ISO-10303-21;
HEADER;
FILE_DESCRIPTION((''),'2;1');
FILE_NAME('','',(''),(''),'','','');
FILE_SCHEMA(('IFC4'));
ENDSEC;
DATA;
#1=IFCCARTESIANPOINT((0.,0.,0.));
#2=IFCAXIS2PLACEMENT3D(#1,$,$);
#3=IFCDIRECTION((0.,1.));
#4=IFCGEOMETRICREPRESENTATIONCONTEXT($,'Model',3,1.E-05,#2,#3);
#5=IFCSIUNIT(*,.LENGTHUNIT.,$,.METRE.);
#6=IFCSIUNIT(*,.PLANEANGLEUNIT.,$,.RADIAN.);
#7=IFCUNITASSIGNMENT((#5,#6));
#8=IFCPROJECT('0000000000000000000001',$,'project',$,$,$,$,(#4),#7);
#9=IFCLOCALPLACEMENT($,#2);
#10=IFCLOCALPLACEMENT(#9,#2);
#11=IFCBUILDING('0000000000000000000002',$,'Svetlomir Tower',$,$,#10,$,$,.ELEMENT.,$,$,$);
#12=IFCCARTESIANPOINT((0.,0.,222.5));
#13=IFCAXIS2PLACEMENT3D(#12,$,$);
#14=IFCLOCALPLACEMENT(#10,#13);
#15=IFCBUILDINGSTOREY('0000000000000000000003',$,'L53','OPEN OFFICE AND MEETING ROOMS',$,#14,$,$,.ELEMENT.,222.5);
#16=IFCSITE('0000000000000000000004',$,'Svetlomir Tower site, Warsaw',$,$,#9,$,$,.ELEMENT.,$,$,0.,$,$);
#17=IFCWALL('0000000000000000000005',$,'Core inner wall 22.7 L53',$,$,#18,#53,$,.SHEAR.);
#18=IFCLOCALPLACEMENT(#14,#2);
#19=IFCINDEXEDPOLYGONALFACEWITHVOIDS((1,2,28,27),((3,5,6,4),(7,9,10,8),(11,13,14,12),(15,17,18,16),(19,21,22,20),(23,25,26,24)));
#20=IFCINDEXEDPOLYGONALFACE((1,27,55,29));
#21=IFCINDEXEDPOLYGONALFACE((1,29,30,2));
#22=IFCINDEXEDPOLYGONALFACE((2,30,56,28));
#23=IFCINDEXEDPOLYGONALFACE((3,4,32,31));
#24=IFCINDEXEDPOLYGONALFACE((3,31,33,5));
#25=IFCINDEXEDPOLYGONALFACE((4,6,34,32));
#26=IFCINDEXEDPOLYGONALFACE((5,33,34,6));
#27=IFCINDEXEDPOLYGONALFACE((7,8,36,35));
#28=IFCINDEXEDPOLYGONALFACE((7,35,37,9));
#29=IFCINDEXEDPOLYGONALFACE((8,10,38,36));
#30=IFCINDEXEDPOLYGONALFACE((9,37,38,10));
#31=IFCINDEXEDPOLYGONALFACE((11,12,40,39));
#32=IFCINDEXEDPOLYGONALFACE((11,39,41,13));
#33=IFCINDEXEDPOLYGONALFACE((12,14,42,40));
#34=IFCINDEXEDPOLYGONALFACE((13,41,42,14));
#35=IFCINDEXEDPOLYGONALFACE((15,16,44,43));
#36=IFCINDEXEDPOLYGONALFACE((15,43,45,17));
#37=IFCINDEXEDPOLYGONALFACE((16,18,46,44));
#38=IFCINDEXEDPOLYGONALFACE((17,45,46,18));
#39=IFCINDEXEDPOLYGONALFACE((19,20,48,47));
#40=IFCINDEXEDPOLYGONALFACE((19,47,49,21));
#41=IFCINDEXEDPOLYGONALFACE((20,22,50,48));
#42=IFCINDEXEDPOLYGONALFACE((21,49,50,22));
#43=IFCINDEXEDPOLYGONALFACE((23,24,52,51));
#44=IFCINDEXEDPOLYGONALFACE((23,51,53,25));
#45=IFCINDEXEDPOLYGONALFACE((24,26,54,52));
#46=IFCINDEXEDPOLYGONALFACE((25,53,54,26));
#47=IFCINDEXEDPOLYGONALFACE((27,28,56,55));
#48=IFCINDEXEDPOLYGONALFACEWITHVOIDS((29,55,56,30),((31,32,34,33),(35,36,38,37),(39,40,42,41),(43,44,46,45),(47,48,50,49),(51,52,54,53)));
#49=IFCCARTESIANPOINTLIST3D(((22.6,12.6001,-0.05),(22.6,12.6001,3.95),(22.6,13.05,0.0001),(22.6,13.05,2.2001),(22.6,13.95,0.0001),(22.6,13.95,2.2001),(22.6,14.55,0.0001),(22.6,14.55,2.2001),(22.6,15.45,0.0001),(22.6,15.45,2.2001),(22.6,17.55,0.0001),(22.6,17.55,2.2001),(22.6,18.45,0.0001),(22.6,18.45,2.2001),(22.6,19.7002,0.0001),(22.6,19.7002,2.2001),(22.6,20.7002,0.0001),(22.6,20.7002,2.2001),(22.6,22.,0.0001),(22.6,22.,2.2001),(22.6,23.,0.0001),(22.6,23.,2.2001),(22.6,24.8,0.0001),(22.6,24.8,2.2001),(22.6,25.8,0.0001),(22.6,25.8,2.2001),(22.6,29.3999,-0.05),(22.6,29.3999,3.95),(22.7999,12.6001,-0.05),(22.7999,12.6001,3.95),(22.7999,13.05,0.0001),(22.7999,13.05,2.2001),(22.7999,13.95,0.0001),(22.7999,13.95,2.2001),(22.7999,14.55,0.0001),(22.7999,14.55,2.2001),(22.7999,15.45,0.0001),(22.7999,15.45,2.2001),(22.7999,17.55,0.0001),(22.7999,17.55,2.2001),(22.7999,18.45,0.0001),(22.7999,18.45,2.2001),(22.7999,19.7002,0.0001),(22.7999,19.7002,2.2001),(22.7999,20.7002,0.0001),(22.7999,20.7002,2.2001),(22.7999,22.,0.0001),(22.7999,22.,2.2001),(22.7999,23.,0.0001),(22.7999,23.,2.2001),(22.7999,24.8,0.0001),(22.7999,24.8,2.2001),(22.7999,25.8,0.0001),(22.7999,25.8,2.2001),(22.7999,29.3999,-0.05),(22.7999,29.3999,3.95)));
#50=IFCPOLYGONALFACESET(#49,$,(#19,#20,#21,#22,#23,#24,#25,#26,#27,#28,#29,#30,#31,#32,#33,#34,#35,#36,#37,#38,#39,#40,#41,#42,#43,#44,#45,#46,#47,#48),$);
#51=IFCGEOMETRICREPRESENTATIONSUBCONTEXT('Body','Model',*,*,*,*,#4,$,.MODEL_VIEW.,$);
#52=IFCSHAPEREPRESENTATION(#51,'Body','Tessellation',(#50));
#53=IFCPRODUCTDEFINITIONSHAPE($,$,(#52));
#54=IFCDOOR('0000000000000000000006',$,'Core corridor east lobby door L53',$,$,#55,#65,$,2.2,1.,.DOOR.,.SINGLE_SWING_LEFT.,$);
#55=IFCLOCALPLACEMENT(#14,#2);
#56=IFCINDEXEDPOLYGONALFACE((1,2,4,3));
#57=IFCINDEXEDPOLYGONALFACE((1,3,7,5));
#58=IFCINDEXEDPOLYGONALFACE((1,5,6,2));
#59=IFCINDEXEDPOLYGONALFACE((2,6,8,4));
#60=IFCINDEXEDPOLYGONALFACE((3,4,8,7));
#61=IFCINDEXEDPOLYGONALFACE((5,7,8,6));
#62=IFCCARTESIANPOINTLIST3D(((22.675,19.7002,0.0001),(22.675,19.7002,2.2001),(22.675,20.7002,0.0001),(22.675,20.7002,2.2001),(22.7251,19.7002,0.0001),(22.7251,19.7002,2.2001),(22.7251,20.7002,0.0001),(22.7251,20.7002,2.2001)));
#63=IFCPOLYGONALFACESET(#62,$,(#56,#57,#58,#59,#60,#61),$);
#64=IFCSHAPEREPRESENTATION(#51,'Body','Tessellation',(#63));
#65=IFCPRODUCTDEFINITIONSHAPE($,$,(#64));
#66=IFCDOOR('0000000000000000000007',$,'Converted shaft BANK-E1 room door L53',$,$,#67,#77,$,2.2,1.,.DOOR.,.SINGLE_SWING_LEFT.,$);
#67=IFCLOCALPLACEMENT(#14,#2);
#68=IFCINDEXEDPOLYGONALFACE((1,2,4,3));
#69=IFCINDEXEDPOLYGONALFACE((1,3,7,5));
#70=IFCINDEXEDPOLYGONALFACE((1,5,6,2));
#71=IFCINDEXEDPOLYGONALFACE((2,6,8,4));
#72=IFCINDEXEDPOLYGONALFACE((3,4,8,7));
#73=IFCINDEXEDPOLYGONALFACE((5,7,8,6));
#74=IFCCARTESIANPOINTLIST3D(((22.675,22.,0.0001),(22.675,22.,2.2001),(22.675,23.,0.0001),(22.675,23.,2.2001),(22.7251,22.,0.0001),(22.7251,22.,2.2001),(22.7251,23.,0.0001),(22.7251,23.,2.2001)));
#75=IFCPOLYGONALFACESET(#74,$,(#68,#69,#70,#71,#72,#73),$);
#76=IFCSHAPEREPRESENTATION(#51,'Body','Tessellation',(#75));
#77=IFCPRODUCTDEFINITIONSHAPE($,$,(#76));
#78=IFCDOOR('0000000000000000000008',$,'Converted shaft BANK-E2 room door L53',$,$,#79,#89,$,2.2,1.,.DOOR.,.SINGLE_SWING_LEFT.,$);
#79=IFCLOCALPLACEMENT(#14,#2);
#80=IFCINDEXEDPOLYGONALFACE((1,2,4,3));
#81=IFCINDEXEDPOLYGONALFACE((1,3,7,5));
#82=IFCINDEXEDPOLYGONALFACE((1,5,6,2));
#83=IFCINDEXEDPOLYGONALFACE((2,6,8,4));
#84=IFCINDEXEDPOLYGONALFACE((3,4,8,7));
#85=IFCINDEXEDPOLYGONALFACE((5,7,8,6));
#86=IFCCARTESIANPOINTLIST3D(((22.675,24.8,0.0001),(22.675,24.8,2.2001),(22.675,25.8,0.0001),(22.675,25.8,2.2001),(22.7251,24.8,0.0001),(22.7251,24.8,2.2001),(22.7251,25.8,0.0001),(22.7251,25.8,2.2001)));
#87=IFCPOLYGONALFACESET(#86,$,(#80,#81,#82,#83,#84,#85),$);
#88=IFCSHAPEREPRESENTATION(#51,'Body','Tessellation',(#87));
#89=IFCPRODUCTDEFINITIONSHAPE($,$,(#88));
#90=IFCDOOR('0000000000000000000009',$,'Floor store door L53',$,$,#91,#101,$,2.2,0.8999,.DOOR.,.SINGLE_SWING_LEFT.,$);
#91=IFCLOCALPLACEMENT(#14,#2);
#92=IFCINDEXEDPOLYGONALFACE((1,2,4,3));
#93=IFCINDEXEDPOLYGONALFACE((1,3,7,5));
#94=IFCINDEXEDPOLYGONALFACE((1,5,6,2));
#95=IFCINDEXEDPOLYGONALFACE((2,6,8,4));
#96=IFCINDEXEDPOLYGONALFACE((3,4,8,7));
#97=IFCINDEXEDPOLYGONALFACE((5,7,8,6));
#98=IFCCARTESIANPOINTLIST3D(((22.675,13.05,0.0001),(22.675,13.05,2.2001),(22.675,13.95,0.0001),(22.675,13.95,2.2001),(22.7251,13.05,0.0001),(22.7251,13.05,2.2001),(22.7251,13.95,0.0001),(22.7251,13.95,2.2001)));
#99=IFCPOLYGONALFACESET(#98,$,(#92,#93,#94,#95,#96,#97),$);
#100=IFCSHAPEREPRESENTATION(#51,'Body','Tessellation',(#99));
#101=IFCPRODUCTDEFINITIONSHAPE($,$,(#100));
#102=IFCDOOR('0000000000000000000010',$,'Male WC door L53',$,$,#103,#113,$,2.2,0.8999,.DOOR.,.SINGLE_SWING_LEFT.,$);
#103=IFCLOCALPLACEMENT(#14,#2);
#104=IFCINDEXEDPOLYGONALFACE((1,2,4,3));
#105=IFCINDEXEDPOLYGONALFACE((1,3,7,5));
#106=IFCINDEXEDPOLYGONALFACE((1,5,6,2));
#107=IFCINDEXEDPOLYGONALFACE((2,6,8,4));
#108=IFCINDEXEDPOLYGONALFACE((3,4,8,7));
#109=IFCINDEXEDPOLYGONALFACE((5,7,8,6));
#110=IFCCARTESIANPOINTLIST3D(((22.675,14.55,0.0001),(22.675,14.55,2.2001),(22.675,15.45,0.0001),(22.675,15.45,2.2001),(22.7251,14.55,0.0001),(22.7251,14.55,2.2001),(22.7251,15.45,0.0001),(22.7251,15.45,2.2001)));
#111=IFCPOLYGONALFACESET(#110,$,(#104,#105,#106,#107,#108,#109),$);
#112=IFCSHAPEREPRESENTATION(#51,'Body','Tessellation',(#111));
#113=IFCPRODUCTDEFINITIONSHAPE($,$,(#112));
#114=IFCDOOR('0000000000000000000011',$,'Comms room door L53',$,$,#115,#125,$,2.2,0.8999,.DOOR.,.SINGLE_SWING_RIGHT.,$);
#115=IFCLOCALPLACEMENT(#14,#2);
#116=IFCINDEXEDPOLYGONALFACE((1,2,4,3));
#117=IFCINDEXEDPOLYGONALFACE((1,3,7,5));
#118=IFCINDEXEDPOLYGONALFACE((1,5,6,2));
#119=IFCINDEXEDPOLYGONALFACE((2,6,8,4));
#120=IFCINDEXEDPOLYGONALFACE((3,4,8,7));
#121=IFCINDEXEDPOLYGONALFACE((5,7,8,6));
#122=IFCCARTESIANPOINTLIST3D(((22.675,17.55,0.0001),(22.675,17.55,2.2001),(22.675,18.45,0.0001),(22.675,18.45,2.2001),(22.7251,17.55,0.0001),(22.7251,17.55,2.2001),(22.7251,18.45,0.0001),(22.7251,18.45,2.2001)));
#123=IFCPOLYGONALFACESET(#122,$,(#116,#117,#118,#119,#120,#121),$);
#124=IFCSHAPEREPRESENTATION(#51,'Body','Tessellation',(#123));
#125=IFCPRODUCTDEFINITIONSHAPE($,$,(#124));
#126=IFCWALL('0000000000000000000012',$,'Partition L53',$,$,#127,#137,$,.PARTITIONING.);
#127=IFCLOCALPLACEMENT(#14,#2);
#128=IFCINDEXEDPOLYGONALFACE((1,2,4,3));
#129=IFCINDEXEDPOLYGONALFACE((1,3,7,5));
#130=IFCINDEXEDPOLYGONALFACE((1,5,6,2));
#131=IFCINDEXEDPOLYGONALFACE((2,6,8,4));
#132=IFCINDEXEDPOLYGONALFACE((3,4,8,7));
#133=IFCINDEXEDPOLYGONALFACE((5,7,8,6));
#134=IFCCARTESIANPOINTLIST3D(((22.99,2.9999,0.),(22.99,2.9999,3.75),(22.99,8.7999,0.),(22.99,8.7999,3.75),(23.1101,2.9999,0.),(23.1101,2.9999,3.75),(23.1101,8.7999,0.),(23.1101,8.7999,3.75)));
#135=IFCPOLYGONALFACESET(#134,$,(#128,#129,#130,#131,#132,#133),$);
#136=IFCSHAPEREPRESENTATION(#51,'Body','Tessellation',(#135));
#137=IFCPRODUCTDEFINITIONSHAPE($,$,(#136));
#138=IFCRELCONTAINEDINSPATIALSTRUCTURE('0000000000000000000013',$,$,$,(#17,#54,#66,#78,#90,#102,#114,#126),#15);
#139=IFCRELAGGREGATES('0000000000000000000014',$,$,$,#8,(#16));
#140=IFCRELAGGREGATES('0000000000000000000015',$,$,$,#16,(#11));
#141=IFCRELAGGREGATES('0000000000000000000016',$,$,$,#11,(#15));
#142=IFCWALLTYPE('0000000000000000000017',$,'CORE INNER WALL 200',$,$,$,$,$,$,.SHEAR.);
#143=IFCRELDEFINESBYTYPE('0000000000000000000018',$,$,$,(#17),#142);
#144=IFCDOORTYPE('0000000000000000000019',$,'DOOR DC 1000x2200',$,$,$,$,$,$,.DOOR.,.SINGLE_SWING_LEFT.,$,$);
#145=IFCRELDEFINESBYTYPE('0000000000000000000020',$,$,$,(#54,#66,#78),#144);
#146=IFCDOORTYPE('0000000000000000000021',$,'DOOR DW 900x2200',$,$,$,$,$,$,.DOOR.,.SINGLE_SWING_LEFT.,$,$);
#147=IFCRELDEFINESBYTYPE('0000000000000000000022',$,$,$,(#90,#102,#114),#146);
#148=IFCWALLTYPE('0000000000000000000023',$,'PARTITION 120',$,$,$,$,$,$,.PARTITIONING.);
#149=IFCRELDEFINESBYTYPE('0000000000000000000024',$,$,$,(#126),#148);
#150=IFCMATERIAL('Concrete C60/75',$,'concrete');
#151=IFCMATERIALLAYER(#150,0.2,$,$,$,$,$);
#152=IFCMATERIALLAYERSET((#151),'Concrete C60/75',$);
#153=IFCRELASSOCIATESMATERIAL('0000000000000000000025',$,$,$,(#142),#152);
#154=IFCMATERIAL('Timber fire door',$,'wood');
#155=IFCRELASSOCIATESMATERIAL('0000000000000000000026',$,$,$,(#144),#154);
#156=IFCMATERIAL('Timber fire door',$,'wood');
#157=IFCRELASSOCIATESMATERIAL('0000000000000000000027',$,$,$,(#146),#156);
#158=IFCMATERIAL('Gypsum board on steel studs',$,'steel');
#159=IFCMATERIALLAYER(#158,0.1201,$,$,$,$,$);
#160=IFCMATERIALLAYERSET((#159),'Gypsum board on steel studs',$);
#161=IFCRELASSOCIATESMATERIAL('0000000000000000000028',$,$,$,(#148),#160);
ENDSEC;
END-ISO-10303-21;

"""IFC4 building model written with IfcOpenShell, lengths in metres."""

from ifc_helpers import new_model, si_unit, direction, frame, frame_2d, origin, place, context, subcontext, project, spatial, rectangle, extrude, material, layer, layer_set, type_object, element, fill, save


model = new_model("IFC4")

# Units and contexts
model_context = context("Model", 3, precision=1e-05, world=origin(), true_north=direction((0.0, 1.0)))
body_context = subcontext(model_context, "Body", "Model", "MODEL_VIEW")
ifc_project = project(units=[si_unit("LENGTHUNIT", "METRE"), si_unit("PLANEANGLEUNIT", "RADIAN")], contexts=[model_context])

# Site, building, storey
site_placement = place(None, origin())
site = spatial("IfcSite", under=ifc_project, at=site_placement, Name="Svetlomir Tower site, Warsaw", CompositionType="ELEMENT", RefElevation=0.0)
building_placement = place(site_placement, origin())
building = spatial("IfcBuilding", under=site, at=building_placement, Name="Svetlomir Tower", CompositionType="ELEMENT")
storey_placement = place(building_placement, frame((0.0, 0.0, 222.5)))
storey = spatial("IfcBuildingStorey", under=building, at=storey_placement, Name="L53", Description="OPEN OFFICE AND MEETING ROOMS", CompositionType="ELEMENT", Elevation=222.5)

# Shared definitions
ifc_material_1 = material(Name="Concrete C60/75", Category="concrete")
ifc_layer_1 = layer(ifc_material_1, 0.2)
ifc_layer_set_1 = layer_set([ifc_layer_1], Name="Concrete C60/75")
wall_type_1 = type_object("IfcWallType", Name="CORE INNER WALL 200", PredefinedType="SHEAR", material=ifc_layer_set_1)

# Wall, openings, doors
ifc_material_2 = material(Name="Timber fire door", Category="wood")
door_type_1 = type_object("IfcDoorType", Name="DOOR DC 1000x2200", OperationType="SINGLE_SWING_LEFT", PredefinedType="DOOR", material=ifc_material_2)
ifc_material_3 = material(Name="Timber fire door", Category="wood")
door_type_2 = type_object("IfcDoorType", Name="DOOR DW 900x2200", OperationType="SINGLE_SWING_LEFT", PredefinedType="DOOR", material=ifc_material_3)
wall_1_placement = place(storey_placement, frame((22.7, 12.6001, -0.05), z_axis=(0.0, 0.0, 1.0), x_axis=(0.0, 1.0, 0.0)))
wall_1 = element("IfcWall", 1, at=wall_1_placement, inside=storey, type_object=wall_type_1, Name="Core inner wall 22.7 L53", PredefinedType="SHEAR", context=body_context, shape_type="SweptSolid", body=[
    extrude(rectangle(XDim=16.7998, YDim=0.2, at=frame_2d((8.3999, 0.0))), origin(), (0.0, 0.0, 1.0), 4.0),
])
opening_1_placement = place(wall_1_placement, frame((0.45, 0.0, 0.05)))
opening_1 = element("IfcOpeningElement", 2, at=opening_1_placement, cuts=wall_1, PredefinedType="OPENING", context=body_context, shape_type="SweptSolid", body=[
    extrude(rectangle(XDim=0.8999, YDim=2.2, at=frame_2d((0.45, 1.1001))), frame((0.0, 0.1099, 0.0), z_axis=(0.0, -1.0, 0.0), x_axis=(1.0, 0.0, 0.0)), (0.0, 0.0, 1.0), 0.22),
])
opening_2_placement = place(wall_1_placement, frame((7.1001, 0.0, 0.05)))
opening_2 = element("IfcOpeningElement", 3, at=opening_2_placement, cuts=wall_1, PredefinedType="OPENING", context=body_context, shape_type="SweptSolid", body=[
    extrude(rectangle(XDim=1.0, YDim=2.2, at=frame_2d((0.5, 1.1001))), frame((0.0, 0.1099, 0.0), z_axis=(0.0, -1.0, 0.0), x_axis=(1.0, 0.0, 0.0)), (0.0, 0.0, 1.0), 0.22),
])
opening_3_placement = place(wall_1_placement, frame((1.95, 0.0, 0.05)))
opening_3 = element("IfcOpeningElement", 4, at=opening_3_placement, cuts=wall_1, PredefinedType="OPENING", context=body_context, shape_type="SweptSolid", body=[
    extrude(rectangle(XDim=0.8999, YDim=2.2, at=frame_2d((0.45, 1.1001))), frame((0.0, 0.1099, 0.0), z_axis=(0.0, -1.0, 0.0), x_axis=(1.0, 0.0, 0.0)), (0.0, 0.0, 1.0), 0.22),
])
opening_4_placement = place(wall_1_placement, frame((4.95, 0.0, 0.05)))
opening_4 = element("IfcOpeningElement", 5, at=opening_4_placement, cuts=wall_1, PredefinedType="OPENING", context=body_context, shape_type="SweptSolid", body=[
    extrude(rectangle(XDim=0.8999, YDim=2.2, at=frame_2d((0.45, 1.1001))), frame((0.0, 0.1099, 0.0), z_axis=(0.0, -1.0, 0.0), x_axis=(1.0, 0.0, 0.0)), (0.0, 0.0, 1.0), 0.22),
])
opening_5_placement = place(wall_1_placement, frame((9.3999, 0.0, 0.05)))
opening_5 = element("IfcOpeningElement", 6, at=opening_5_placement, cuts=wall_1, PredefinedType="OPENING", context=body_context, shape_type="SweptSolid", body=[
    extrude(rectangle(XDim=1.0, YDim=2.2, at=frame_2d((0.5, 1.1001))), frame((0.0, 0.1099, 0.0), z_axis=(0.0, -1.0, 0.0), x_axis=(1.0, 0.0, 0.0)), (0.0, 0.0, 1.0), 0.22),
])
opening_6_placement = place(wall_1_placement, frame((12.2, 0.0, 0.05)))
opening_6 = element("IfcOpeningElement", 7, at=opening_6_placement, cuts=wall_1, PredefinedType="OPENING", context=body_context, shape_type="SweptSolid", body=[
    extrude(rectangle(XDim=1.0, YDim=2.2, at=frame_2d((0.5, 1.1001))), frame((0.0, 0.1099, 0.0), z_axis=(0.0, -1.0, 0.0), x_axis=(1.0, 0.0, 0.0)), (0.0, 0.0, 1.0), 0.22),
])
door_1_placement = place(opening_2_placement, origin())
door_1 = element("IfcDoor", 8, at=door_1_placement, inside=storey, type_object=door_type_1, Name="Core corridor east lobby door L53", OperationType="SINGLE_SWING_LEFT", OverallHeight=2.2, OverallWidth=1.0, PredefinedType="DOOR", context=body_context, shape_type="SweptSolid", body=[
    extrude(rectangle(XDim=1.0, YDim=2.2, at=frame_2d((0.5, 1.1001))), frame((0.0, 0.0249, 0.0), z_axis=(0.0, -1.0, 0.0), x_axis=(1.0, 0.0, 0.0)), (0.0, 0.0, 1.0), 0.05),
])
fill(opening_2, door_1)
door_2_placement = place(opening_5_placement, origin())
door_2 = element("IfcDoor", 9, at=door_2_placement, inside=storey, type_object=door_type_1, Name="Converted shaft BANK-E1 room door L53", OperationType="SINGLE_SWING_LEFT", OverallHeight=2.2, OverallWidth=1.0, PredefinedType="DOOR", context=body_context, shape_type="SweptSolid", body=[
    extrude(rectangle(XDim=1.0, YDim=2.2, at=frame_2d((0.5, 1.1001))), frame((0.0, 0.0249, 0.0), z_axis=(0.0, -1.0, 0.0), x_axis=(1.0, 0.0, 0.0)), (0.0, 0.0, 1.0), 0.05),
])
fill(opening_5, door_2)
door_3_placement = place(opening_6_placement, origin())
door_3 = element("IfcDoor", 10, at=door_3_placement, inside=storey, type_object=door_type_1, Name="Converted shaft BANK-E2 room door L53", OperationType="SINGLE_SWING_LEFT", OverallHeight=2.2, OverallWidth=1.0, PredefinedType="DOOR", context=body_context, shape_type="SweptSolid", body=[
    extrude(rectangle(XDim=1.0, YDim=2.2, at=frame_2d((0.5, 1.1001))), frame((0.0, 0.0249, 0.0), z_axis=(0.0, -1.0, 0.0), x_axis=(1.0, 0.0, 0.0)), (0.0, 0.0, 1.0), 0.05),
])
fill(opening_6, door_3)
door_4_placement = place(opening_1_placement, origin())
door_4 = element("IfcDoor", 11, at=door_4_placement, inside=storey, type_object=door_type_2, Name="Floor store door L53", OperationType="SINGLE_SWING_LEFT", OverallHeight=2.2, OverallWidth=0.8999, PredefinedType="DOOR", context=body_context, shape_type="SweptSolid", body=[
    extrude(rectangle(XDim=0.8999, YDim=2.2, at=frame_2d((0.45, 1.1001))), frame((0.0, 0.0249, 0.0), z_axis=(0.0, -1.0, 0.0), x_axis=(1.0, 0.0, 0.0)), (0.0, 0.0, 1.0), 0.05),
])
fill(opening_1, door_4)
door_5_placement = place(opening_3_placement, origin())
door_5 = element("IfcDoor", 12, at=door_5_placement, inside=storey, type_object=door_type_2, Name="Male WC door L53", OperationType="SINGLE_SWING_LEFT", OverallHeight=2.2, OverallWidth=0.8999, PredefinedType="DOOR", context=body_context, shape_type="SweptSolid", body=[
    extrude(rectangle(XDim=0.8999, YDim=2.2, at=frame_2d((0.45, 1.1001))), frame((0.0, 0.0249, 0.0), z_axis=(0.0, -1.0, 0.0), x_axis=(1.0, 0.0, 0.0)), (0.0, 0.0, 1.0), 0.05),
])
fill(opening_3, door_5)
door_6_placement = place(opening_4_placement, origin())
door_6 = element("IfcDoor", 13, at=door_6_placement, inside=storey, type_object=door_type_2, Name="Comms room door L53", OperationType="SINGLE_SWING_RIGHT", OverallHeight=2.2, OverallWidth=0.8999, PredefinedType="DOOR", context=body_context, shape_type="SweptSolid", body=[
    extrude(rectangle(XDim=0.8999, YDim=2.2, at=frame_2d((0.45, 1.1001))), frame((0.0, 0.0249, 0.0), z_axis=(0.0, -1.0, 0.0), x_axis=(1.0, 0.0, 0.0)), (0.0, 0.0, 1.0), 0.05),
])
fill(opening_4, door_6)

# Wall
ifc_material_4 = material(Name="Gypsum board on steel studs", Category="steel")
ifc_layer_2 = layer(ifc_material_4, 0.1201)
ifc_layer_set_2 = layer_set([ifc_layer_2], Name="Gypsum board on steel studs")
wall_type_2 = type_object("IfcWallType", Name="PARTITION 120", PredefinedType="PARTITIONING", material=ifc_layer_set_2)
wall_2_placement = place(storey_placement, frame((23.05, 3.0, 0.0), z_axis=(0.0, 0.0, 1.0), x_axis=(0.0, 1.0, 0.0)))
element("IfcWall", 14, at=wall_2_placement, inside=storey, type_object=wall_type_2, Name="Partition L53", PredefinedType="PARTITIONING", context=body_context, shape_type="SweptSolid", body=[
    extrude(rectangle(XDim=5.8, YDim=0.1201, at=frame_2d((2.8999, 0.0))), origin(), (0.0, 0.0, 1.0), 3.75),
])

save(model, "model.ifc")
